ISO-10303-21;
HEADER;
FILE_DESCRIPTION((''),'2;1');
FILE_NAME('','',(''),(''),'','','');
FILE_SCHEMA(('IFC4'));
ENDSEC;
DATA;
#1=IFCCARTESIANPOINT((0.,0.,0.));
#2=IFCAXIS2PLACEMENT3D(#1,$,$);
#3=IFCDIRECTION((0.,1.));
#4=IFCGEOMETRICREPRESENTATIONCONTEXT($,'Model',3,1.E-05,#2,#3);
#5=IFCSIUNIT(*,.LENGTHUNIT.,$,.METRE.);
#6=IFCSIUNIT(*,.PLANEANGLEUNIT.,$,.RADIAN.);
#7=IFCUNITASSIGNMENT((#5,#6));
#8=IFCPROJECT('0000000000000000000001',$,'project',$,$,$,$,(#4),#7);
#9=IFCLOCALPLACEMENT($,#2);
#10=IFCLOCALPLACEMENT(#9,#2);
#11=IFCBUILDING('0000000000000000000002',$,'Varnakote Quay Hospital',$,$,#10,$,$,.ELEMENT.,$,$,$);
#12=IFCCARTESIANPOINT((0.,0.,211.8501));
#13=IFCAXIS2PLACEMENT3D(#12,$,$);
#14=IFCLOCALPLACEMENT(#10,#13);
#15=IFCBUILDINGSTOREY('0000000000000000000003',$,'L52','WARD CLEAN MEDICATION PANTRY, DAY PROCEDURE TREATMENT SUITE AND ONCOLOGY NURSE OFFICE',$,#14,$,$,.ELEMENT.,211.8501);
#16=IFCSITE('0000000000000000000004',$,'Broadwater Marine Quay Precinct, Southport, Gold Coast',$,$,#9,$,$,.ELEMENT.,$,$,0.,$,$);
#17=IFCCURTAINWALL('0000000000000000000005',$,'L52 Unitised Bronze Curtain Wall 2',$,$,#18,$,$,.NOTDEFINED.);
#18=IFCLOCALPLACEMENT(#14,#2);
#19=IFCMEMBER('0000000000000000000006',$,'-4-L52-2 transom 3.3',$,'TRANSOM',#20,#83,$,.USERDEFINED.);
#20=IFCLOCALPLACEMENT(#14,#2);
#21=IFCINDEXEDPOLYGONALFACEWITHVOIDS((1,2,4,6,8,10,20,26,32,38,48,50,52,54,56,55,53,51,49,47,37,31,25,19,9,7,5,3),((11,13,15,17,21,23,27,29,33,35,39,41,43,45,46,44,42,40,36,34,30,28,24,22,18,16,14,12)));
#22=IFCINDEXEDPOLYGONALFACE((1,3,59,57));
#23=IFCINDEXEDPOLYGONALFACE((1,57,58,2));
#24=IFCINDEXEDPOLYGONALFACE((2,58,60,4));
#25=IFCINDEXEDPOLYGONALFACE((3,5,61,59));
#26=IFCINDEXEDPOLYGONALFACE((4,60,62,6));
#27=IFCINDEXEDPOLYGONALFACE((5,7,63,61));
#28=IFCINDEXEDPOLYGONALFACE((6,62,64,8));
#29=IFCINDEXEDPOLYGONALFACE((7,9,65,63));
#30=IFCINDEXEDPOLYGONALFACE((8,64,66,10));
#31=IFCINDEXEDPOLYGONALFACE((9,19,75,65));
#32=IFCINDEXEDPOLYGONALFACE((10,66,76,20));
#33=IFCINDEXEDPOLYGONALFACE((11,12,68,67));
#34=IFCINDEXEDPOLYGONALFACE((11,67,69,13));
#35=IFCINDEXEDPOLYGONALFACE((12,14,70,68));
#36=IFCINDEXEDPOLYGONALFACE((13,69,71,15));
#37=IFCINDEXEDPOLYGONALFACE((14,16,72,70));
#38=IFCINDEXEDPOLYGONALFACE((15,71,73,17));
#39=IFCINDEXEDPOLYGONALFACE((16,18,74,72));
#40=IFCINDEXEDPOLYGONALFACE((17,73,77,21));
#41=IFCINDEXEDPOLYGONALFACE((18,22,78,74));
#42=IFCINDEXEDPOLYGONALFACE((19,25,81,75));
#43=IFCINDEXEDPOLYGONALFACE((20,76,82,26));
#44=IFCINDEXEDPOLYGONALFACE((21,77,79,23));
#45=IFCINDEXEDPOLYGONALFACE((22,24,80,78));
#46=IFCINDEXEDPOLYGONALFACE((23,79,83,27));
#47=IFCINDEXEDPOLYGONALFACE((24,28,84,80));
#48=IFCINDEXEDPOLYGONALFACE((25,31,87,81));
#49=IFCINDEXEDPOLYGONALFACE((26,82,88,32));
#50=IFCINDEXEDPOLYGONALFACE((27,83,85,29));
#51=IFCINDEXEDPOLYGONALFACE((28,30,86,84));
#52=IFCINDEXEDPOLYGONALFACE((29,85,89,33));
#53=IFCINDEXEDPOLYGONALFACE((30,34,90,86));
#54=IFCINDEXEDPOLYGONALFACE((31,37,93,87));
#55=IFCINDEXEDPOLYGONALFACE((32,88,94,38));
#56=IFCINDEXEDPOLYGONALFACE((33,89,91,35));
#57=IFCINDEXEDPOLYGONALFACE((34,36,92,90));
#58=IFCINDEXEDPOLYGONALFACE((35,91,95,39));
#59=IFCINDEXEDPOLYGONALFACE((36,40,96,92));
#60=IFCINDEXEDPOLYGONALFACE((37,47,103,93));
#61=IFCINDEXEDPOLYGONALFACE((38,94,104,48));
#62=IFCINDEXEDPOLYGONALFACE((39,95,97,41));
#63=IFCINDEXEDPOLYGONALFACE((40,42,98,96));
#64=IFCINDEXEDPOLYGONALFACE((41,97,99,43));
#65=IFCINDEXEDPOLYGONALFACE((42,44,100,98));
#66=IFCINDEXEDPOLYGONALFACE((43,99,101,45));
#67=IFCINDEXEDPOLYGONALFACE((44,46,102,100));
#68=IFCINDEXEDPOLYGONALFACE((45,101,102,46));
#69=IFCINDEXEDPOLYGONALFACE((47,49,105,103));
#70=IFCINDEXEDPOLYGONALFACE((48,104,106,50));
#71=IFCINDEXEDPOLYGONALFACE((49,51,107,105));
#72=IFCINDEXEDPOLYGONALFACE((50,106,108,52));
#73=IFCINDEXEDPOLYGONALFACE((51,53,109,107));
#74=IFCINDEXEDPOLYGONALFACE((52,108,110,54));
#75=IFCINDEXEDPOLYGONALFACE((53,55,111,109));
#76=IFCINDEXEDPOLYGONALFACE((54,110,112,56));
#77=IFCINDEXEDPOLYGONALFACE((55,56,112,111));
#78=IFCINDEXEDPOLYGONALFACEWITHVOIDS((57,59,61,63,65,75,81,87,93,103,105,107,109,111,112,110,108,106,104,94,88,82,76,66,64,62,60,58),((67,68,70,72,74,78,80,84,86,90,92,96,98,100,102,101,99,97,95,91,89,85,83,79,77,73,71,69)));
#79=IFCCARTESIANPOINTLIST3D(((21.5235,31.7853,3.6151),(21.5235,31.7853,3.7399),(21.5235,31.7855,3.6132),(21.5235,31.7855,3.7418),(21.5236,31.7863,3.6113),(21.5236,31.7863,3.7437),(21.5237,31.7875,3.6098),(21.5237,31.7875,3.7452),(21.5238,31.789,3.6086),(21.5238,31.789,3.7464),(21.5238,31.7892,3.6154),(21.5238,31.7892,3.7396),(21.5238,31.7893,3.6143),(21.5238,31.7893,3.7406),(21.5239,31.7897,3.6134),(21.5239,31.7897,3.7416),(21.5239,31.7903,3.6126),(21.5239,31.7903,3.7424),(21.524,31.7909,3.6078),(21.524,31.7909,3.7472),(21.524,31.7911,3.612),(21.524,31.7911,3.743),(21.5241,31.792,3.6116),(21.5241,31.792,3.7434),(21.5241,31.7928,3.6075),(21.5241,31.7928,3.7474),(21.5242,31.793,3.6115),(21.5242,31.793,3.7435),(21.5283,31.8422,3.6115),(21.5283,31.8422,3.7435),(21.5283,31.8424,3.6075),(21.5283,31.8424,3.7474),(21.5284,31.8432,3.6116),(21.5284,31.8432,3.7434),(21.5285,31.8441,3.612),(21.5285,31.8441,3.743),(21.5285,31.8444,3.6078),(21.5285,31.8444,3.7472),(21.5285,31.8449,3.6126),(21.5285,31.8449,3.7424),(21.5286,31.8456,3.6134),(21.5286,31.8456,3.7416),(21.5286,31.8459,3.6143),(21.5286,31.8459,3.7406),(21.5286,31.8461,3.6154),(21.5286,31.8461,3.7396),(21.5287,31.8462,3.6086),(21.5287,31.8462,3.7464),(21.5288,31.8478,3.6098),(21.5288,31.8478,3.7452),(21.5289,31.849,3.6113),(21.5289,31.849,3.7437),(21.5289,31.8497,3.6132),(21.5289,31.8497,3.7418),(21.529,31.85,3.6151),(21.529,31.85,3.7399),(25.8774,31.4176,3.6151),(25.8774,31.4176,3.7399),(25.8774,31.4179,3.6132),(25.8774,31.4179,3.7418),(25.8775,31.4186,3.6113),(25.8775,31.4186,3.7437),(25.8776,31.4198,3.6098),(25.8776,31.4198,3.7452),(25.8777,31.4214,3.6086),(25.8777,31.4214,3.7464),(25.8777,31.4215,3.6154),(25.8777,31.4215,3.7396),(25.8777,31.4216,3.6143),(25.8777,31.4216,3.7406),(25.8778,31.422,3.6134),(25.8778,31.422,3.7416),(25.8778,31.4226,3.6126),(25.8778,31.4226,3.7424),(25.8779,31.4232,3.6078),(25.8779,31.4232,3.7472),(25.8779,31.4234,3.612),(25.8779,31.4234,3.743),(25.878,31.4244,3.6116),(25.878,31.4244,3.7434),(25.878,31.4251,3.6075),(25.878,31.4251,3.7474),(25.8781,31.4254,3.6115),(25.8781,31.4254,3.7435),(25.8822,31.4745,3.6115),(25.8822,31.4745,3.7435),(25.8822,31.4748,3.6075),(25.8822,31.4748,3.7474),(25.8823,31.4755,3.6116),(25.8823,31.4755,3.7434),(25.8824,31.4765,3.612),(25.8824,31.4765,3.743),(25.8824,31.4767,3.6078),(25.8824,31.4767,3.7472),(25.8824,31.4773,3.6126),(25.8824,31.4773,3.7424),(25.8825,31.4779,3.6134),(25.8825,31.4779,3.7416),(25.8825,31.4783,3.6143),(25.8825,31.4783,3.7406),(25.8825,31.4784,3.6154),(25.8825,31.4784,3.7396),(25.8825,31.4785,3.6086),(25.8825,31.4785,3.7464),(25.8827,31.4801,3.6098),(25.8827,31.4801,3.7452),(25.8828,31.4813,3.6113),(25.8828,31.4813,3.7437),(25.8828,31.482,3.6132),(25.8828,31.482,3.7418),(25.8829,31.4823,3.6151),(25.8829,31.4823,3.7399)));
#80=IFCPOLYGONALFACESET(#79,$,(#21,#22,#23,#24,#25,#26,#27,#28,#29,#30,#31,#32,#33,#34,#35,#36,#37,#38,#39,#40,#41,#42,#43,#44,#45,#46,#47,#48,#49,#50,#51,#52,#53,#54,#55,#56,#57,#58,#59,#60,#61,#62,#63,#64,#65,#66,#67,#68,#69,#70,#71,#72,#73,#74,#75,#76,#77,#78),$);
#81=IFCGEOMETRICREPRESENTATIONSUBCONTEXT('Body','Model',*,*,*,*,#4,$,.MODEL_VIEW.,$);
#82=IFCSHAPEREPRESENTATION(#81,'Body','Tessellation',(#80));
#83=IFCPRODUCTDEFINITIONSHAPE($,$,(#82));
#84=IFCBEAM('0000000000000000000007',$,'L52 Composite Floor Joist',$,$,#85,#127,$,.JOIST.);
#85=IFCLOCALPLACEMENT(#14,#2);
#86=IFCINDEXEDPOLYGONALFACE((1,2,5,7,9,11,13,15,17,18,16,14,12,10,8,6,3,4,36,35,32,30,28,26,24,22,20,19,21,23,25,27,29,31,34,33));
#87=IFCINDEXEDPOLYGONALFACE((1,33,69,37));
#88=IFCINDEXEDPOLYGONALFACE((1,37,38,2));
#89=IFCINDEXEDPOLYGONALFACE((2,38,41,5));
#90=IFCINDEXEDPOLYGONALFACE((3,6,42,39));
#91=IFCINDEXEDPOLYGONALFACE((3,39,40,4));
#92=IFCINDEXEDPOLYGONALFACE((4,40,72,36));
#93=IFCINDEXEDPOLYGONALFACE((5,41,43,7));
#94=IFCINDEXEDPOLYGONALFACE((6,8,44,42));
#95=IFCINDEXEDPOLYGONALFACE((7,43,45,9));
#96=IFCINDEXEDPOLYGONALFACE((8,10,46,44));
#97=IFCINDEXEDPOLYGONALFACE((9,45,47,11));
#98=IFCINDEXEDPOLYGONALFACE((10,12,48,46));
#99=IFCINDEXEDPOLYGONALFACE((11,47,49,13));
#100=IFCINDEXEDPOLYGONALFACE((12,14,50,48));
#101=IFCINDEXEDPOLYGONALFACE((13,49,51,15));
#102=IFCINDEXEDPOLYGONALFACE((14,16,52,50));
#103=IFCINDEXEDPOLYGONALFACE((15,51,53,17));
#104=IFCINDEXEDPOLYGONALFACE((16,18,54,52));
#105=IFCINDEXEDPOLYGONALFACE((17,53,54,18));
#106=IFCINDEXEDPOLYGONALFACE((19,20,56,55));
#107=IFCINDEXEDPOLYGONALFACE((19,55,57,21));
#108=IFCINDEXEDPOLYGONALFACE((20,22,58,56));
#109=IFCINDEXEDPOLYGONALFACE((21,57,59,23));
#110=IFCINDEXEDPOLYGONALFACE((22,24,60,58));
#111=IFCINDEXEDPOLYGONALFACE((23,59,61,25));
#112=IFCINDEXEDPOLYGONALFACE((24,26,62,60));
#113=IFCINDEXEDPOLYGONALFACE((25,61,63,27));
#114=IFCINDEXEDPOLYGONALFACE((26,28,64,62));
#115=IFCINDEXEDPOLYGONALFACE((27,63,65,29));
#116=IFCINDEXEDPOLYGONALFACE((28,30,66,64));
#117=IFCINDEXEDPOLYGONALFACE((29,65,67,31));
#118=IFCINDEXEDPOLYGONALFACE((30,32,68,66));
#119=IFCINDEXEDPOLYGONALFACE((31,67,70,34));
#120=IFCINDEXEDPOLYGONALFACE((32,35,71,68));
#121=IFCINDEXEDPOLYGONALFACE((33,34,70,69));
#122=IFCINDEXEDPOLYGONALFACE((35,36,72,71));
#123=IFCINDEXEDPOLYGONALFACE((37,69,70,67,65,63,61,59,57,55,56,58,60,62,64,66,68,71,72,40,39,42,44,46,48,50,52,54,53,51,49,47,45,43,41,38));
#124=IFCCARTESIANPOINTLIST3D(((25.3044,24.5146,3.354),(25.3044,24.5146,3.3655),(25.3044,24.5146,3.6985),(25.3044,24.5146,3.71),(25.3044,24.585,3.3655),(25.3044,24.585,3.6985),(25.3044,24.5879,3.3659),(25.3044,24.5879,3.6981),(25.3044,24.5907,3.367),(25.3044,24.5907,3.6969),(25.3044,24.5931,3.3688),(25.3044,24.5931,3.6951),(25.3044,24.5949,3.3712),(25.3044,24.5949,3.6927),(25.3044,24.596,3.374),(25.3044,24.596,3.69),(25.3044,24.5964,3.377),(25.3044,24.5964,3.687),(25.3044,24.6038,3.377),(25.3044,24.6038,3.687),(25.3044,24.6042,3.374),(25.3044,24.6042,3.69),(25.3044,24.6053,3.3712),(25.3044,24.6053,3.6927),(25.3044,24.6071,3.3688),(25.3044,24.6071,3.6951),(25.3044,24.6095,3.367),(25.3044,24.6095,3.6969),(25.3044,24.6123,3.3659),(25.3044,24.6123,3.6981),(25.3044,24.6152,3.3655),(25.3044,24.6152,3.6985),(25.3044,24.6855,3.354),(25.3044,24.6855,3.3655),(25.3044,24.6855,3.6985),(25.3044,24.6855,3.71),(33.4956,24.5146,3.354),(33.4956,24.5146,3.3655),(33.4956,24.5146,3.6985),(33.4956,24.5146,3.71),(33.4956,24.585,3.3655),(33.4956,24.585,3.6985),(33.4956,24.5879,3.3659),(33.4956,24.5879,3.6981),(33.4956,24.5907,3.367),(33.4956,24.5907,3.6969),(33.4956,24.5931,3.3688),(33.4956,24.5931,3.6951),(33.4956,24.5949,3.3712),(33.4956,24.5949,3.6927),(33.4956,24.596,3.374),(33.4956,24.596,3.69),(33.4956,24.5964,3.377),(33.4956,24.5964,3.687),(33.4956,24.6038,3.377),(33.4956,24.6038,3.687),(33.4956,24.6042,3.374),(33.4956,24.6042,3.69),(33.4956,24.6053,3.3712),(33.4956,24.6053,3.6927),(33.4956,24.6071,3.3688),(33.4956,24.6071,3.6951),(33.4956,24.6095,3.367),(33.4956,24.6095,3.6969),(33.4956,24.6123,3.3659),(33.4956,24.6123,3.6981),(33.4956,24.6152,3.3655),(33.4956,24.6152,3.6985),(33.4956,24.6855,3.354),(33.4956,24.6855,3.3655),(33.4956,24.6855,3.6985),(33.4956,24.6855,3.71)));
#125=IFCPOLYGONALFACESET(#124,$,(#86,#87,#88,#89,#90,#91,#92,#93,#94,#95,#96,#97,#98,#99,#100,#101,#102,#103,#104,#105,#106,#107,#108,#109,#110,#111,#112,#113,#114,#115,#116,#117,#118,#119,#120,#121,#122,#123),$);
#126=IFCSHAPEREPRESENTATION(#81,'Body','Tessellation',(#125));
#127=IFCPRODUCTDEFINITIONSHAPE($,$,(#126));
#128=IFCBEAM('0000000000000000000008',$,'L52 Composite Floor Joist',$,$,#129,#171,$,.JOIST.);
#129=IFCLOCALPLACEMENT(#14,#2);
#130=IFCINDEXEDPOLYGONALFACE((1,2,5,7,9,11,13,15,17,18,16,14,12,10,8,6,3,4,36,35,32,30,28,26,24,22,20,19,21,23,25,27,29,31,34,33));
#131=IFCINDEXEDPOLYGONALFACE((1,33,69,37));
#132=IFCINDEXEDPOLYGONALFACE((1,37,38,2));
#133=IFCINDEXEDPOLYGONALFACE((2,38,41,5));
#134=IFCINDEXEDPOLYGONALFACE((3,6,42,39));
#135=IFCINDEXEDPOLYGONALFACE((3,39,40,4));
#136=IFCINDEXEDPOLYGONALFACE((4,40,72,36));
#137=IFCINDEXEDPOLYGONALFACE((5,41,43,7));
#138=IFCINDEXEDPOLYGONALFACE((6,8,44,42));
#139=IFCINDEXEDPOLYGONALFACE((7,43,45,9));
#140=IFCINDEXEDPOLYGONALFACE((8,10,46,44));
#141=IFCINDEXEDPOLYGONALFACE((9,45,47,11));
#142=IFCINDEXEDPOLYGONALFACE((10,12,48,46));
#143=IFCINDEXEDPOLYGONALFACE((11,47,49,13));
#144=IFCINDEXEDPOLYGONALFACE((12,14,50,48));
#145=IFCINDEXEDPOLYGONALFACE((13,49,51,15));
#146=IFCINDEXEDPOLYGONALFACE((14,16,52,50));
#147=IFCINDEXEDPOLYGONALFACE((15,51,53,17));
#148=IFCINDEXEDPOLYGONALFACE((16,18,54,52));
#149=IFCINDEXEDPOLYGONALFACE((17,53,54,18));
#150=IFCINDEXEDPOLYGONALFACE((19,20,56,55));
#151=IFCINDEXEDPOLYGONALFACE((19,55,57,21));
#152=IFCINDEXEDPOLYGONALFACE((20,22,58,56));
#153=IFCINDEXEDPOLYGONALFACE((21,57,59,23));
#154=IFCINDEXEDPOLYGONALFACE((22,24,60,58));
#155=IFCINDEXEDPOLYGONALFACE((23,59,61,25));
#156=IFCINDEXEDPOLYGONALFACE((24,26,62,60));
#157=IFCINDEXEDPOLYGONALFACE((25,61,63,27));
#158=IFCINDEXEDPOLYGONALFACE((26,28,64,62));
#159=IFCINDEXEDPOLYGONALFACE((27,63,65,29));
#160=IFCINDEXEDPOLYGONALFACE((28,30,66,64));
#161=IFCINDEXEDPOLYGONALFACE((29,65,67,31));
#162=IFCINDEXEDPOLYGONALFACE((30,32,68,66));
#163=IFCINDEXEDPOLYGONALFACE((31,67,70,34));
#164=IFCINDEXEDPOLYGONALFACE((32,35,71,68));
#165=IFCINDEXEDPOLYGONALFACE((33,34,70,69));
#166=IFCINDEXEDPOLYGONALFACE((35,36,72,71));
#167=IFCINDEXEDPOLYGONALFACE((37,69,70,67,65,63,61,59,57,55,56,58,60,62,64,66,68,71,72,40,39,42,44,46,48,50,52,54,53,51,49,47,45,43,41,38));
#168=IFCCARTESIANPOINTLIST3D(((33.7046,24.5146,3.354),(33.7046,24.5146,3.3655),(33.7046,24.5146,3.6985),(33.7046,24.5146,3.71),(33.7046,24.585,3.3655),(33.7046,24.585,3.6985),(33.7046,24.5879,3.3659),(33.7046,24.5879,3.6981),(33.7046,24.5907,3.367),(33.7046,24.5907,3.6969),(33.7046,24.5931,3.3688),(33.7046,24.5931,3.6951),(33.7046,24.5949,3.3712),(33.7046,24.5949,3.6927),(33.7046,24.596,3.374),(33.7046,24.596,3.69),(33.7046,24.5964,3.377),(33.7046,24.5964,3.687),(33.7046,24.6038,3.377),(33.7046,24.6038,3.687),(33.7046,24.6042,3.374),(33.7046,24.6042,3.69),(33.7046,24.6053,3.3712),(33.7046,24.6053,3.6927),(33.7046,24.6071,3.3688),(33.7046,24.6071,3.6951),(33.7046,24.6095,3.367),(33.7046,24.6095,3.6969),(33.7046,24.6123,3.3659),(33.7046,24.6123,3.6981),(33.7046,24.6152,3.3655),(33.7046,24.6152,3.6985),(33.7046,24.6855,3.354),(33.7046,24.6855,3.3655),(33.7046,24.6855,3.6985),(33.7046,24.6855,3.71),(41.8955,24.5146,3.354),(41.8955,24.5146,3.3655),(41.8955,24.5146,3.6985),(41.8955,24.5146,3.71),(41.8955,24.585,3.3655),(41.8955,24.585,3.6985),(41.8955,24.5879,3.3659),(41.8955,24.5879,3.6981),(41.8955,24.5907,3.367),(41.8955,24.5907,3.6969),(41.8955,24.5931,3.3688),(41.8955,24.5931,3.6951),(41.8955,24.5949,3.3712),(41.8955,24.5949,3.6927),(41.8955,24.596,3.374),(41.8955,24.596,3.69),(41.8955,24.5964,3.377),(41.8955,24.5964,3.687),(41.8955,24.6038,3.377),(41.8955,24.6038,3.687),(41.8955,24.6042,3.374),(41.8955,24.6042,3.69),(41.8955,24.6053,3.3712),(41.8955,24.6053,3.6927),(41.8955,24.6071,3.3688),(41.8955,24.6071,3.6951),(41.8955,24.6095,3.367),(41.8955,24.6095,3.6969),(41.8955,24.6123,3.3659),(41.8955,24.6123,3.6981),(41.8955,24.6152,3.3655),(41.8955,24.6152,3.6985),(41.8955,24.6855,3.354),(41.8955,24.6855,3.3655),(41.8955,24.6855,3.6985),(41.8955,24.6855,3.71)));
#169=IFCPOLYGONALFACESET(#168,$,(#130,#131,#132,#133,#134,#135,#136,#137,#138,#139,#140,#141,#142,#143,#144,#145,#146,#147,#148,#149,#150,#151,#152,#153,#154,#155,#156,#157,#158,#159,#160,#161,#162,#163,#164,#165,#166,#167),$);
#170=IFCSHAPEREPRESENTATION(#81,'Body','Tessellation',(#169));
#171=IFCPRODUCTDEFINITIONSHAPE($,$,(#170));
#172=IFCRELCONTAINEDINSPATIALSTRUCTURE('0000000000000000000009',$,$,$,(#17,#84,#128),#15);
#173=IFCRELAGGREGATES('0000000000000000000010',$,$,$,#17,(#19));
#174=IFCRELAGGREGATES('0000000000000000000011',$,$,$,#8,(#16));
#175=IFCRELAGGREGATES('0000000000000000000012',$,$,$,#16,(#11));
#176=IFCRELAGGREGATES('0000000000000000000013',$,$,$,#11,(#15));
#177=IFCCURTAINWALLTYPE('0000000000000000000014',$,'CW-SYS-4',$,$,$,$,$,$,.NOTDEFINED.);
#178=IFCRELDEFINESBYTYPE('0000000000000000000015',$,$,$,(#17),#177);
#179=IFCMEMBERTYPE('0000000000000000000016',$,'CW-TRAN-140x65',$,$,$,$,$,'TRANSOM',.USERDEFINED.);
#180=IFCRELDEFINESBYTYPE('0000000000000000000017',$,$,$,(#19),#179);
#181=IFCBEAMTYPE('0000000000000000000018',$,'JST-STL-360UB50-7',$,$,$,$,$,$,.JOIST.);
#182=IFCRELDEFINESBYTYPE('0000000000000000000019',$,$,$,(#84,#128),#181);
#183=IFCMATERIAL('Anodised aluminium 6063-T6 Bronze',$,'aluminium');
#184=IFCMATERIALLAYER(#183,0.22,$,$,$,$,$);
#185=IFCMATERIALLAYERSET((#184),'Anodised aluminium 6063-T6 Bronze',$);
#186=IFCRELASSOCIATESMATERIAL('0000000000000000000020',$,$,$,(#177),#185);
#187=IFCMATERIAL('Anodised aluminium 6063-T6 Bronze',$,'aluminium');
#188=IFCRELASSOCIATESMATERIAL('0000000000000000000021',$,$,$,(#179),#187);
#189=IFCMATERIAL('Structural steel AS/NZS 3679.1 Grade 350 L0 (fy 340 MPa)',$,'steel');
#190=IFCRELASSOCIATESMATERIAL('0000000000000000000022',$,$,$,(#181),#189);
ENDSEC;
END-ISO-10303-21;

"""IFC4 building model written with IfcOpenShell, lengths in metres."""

from ifc_helpers import new_model, si_unit, direction, frame, origin, origin_2d, place, context, subcontext, project, spatial, hollow_rectangle, i_section, extrude, material, layer, layer_set, material_profile, profile_set, type_object, element, aggregate, save


model = new_model("IFC4")

# Units and contexts
model_context = context("Model", 3, precision=1e-05, world=origin(), true_north=direction((0.0, 1.0)))
body_context = subcontext(model_context, "Body", "Model", "MODEL_VIEW")
ifc_project = project(units=[si_unit("LENGTHUNIT", "METRE"), si_unit("PLANEANGLEUNIT", "RADIAN")], contexts=[model_context])

# Site, building, storey
site_placement = place(None, origin())
site = spatial("IfcSite", under=ifc_project, at=site_placement, Name="Broadwater Marine Quay Precinct, Southport, Gold Coast", CompositionType="ELEMENT", RefElevation=0.0)
building_placement = place(site_placement, origin())
building = spatial("IfcBuilding", under=site, at=building_placement, Name="Varnakote Quay Hospital", CompositionType="ELEMENT")
storey_placement = place(building_placement, frame((0.0, 0.0, 211.8501)))
storey = spatial("IfcBuildingStorey", under=building, at=storey_placement, Name="L52", Description="WARD CLEAN MEDICATION PANTRY, DAY PROCEDURE TREATMENT SUITE AND ONCOLOGY NURSE OFFICE", CompositionType="ELEMENT", Elevation=211.8501)

# Curtain wall, member
ifc_material_1 = material(Name="Anodised aluminium 6063-T6 Bronze", Category="aluminium")
ifc_layer_1 = layer(ifc_material_1, 0.22)
ifc_layer_set_1 = layer_set([ifc_layer_1], Name="Anodised aluminium 6063-T6 Bronze")
curtain_wall_type = type_object("IfcCurtainWallType", Name="CW-SYS-4", PredefinedType="NOTDEFINED", material=ifc_layer_set_1)
curtain_wall_placement = place(storey_placement, origin())
curtain_wall = element("IfcCurtainWall", 1, at=curtain_wall_placement, inside=storey, type_object=curtain_wall_type, Name="L52 Unitised Bronze Curtain Wall 2", PredefinedType="NOTDEFINED")
ifc_material_2 = material(Name="Anodised aluminium 6063-T6 Bronze", Category="aluminium")
ifc_material_profile_1 = material_profile(ifc_material_2, hollow_rectangle(XDim=0.0649, YDim=0.1399, WallThickness=0.0039, InnerFilletRadius=0.0039, OuterFilletRadius=0.0076, at=origin_2d()), Name="CW-TRAN-140x65")
ifc_profile_set_1 = profile_set([ifc_material_profile_1], Name="Anodised aluminium 6063-T6 Bronze")
member_type_1 = type_object("IfcMemberType", Name="CW-TRAN-140x65", ElementType="TRANSOM", PredefinedType="USERDEFINED", material=ifc_profile_set_1)
member_1_placement = place(storey_placement, frame((25.8801, 31.45, 3.6775), z_axis=(-0.996453, 0.084146, 0.0), x_axis=(-0.084146, -0.996453, 0.0)))
member_1 = element("IfcMember", 2, at=member_1_placement, type_object=member_type_1, Name="-4-L52-2 transom 3.3", ObjectType="TRANSOM", PredefinedType="USERDEFINED", context=body_context, shape_type="SweptSolid", body=[
    extrude(hollow_rectangle(XDim=0.0649, YDim=0.1399, WallThickness=0.0039, InnerFilletRadius=0.0039, OuterFilletRadius=0.0076, at=origin_2d()), origin(), (0.0, 0.0, 1.0), 4.3694),
])

# Beams
ifc_material_3 = material(Name="Structural steel AS/NZS 3679.1 Grade 350 L0 (fy 340 MPa)", Category="steel")
ifc_material_profile_2 = material_profile(ifc_material_3, i_section(OverallWidth=0.1709, OverallDepth=0.356, WebThickness=0.0073, FlangeThickness=0.0115, FilletRadius=0.0115, at=origin_2d()), Name="360UB50.7")
ifc_profile_set_2 = profile_set([ifc_material_profile_2], Name="Structural steel AS/NZS 3679.1 Grade 350 L0 (fy 340 MPa)")
beam_type_1 = type_object("IfcBeamType", Name="JST-STL-360UB50-7", PredefinedType="JOIST", material=ifc_profile_set_2)
beam_1_placement = place(storey_placement, frame((25.3044, 24.6001, 3.532), z_axis=(1.0, 0.0, 0.0), x_axis=(0.0, 1.0, 0.0)))
element("IfcBeam", 3, at=beam_1_placement, inside=storey, type_object=beam_type_1, Name="L52 Composite Floor Joist", PredefinedType="JOIST", context=body_context, shape_type="SweptSolid", body=[
    extrude(i_section(OverallWidth=0.1709, OverallDepth=0.356, WebThickness=0.0073, FlangeThickness=0.0115, FilletRadius=0.0115, at=origin_2d()), origin(), (0.0, 0.0, 1.0), 8.1912),
])
beam_2_placement = place(storey_placement, frame((33.7046, 24.6001, 3.532), z_axis=(1.0, 0.0, 0.0), x_axis=(0.0, 1.0, 0.0)))
element("IfcBeam", 4, at=beam_2_placement, inside=storey, type_object=beam_type_1, Name="L52 Composite Floor Joist", PredefinedType="JOIST", context=body_context, shape_type="SweptSolid", body=[
    extrude(i_section(OverallWidth=0.1709, OverallDepth=0.356, WebThickness=0.0073, FlangeThickness=0.0115, FilletRadius=0.0115, at=origin_2d()), origin(), (0.0, 0.0, 1.0), 8.1909),
])

aggregate(curtain_wall, [member_1])

save(model, "model.ifc")
